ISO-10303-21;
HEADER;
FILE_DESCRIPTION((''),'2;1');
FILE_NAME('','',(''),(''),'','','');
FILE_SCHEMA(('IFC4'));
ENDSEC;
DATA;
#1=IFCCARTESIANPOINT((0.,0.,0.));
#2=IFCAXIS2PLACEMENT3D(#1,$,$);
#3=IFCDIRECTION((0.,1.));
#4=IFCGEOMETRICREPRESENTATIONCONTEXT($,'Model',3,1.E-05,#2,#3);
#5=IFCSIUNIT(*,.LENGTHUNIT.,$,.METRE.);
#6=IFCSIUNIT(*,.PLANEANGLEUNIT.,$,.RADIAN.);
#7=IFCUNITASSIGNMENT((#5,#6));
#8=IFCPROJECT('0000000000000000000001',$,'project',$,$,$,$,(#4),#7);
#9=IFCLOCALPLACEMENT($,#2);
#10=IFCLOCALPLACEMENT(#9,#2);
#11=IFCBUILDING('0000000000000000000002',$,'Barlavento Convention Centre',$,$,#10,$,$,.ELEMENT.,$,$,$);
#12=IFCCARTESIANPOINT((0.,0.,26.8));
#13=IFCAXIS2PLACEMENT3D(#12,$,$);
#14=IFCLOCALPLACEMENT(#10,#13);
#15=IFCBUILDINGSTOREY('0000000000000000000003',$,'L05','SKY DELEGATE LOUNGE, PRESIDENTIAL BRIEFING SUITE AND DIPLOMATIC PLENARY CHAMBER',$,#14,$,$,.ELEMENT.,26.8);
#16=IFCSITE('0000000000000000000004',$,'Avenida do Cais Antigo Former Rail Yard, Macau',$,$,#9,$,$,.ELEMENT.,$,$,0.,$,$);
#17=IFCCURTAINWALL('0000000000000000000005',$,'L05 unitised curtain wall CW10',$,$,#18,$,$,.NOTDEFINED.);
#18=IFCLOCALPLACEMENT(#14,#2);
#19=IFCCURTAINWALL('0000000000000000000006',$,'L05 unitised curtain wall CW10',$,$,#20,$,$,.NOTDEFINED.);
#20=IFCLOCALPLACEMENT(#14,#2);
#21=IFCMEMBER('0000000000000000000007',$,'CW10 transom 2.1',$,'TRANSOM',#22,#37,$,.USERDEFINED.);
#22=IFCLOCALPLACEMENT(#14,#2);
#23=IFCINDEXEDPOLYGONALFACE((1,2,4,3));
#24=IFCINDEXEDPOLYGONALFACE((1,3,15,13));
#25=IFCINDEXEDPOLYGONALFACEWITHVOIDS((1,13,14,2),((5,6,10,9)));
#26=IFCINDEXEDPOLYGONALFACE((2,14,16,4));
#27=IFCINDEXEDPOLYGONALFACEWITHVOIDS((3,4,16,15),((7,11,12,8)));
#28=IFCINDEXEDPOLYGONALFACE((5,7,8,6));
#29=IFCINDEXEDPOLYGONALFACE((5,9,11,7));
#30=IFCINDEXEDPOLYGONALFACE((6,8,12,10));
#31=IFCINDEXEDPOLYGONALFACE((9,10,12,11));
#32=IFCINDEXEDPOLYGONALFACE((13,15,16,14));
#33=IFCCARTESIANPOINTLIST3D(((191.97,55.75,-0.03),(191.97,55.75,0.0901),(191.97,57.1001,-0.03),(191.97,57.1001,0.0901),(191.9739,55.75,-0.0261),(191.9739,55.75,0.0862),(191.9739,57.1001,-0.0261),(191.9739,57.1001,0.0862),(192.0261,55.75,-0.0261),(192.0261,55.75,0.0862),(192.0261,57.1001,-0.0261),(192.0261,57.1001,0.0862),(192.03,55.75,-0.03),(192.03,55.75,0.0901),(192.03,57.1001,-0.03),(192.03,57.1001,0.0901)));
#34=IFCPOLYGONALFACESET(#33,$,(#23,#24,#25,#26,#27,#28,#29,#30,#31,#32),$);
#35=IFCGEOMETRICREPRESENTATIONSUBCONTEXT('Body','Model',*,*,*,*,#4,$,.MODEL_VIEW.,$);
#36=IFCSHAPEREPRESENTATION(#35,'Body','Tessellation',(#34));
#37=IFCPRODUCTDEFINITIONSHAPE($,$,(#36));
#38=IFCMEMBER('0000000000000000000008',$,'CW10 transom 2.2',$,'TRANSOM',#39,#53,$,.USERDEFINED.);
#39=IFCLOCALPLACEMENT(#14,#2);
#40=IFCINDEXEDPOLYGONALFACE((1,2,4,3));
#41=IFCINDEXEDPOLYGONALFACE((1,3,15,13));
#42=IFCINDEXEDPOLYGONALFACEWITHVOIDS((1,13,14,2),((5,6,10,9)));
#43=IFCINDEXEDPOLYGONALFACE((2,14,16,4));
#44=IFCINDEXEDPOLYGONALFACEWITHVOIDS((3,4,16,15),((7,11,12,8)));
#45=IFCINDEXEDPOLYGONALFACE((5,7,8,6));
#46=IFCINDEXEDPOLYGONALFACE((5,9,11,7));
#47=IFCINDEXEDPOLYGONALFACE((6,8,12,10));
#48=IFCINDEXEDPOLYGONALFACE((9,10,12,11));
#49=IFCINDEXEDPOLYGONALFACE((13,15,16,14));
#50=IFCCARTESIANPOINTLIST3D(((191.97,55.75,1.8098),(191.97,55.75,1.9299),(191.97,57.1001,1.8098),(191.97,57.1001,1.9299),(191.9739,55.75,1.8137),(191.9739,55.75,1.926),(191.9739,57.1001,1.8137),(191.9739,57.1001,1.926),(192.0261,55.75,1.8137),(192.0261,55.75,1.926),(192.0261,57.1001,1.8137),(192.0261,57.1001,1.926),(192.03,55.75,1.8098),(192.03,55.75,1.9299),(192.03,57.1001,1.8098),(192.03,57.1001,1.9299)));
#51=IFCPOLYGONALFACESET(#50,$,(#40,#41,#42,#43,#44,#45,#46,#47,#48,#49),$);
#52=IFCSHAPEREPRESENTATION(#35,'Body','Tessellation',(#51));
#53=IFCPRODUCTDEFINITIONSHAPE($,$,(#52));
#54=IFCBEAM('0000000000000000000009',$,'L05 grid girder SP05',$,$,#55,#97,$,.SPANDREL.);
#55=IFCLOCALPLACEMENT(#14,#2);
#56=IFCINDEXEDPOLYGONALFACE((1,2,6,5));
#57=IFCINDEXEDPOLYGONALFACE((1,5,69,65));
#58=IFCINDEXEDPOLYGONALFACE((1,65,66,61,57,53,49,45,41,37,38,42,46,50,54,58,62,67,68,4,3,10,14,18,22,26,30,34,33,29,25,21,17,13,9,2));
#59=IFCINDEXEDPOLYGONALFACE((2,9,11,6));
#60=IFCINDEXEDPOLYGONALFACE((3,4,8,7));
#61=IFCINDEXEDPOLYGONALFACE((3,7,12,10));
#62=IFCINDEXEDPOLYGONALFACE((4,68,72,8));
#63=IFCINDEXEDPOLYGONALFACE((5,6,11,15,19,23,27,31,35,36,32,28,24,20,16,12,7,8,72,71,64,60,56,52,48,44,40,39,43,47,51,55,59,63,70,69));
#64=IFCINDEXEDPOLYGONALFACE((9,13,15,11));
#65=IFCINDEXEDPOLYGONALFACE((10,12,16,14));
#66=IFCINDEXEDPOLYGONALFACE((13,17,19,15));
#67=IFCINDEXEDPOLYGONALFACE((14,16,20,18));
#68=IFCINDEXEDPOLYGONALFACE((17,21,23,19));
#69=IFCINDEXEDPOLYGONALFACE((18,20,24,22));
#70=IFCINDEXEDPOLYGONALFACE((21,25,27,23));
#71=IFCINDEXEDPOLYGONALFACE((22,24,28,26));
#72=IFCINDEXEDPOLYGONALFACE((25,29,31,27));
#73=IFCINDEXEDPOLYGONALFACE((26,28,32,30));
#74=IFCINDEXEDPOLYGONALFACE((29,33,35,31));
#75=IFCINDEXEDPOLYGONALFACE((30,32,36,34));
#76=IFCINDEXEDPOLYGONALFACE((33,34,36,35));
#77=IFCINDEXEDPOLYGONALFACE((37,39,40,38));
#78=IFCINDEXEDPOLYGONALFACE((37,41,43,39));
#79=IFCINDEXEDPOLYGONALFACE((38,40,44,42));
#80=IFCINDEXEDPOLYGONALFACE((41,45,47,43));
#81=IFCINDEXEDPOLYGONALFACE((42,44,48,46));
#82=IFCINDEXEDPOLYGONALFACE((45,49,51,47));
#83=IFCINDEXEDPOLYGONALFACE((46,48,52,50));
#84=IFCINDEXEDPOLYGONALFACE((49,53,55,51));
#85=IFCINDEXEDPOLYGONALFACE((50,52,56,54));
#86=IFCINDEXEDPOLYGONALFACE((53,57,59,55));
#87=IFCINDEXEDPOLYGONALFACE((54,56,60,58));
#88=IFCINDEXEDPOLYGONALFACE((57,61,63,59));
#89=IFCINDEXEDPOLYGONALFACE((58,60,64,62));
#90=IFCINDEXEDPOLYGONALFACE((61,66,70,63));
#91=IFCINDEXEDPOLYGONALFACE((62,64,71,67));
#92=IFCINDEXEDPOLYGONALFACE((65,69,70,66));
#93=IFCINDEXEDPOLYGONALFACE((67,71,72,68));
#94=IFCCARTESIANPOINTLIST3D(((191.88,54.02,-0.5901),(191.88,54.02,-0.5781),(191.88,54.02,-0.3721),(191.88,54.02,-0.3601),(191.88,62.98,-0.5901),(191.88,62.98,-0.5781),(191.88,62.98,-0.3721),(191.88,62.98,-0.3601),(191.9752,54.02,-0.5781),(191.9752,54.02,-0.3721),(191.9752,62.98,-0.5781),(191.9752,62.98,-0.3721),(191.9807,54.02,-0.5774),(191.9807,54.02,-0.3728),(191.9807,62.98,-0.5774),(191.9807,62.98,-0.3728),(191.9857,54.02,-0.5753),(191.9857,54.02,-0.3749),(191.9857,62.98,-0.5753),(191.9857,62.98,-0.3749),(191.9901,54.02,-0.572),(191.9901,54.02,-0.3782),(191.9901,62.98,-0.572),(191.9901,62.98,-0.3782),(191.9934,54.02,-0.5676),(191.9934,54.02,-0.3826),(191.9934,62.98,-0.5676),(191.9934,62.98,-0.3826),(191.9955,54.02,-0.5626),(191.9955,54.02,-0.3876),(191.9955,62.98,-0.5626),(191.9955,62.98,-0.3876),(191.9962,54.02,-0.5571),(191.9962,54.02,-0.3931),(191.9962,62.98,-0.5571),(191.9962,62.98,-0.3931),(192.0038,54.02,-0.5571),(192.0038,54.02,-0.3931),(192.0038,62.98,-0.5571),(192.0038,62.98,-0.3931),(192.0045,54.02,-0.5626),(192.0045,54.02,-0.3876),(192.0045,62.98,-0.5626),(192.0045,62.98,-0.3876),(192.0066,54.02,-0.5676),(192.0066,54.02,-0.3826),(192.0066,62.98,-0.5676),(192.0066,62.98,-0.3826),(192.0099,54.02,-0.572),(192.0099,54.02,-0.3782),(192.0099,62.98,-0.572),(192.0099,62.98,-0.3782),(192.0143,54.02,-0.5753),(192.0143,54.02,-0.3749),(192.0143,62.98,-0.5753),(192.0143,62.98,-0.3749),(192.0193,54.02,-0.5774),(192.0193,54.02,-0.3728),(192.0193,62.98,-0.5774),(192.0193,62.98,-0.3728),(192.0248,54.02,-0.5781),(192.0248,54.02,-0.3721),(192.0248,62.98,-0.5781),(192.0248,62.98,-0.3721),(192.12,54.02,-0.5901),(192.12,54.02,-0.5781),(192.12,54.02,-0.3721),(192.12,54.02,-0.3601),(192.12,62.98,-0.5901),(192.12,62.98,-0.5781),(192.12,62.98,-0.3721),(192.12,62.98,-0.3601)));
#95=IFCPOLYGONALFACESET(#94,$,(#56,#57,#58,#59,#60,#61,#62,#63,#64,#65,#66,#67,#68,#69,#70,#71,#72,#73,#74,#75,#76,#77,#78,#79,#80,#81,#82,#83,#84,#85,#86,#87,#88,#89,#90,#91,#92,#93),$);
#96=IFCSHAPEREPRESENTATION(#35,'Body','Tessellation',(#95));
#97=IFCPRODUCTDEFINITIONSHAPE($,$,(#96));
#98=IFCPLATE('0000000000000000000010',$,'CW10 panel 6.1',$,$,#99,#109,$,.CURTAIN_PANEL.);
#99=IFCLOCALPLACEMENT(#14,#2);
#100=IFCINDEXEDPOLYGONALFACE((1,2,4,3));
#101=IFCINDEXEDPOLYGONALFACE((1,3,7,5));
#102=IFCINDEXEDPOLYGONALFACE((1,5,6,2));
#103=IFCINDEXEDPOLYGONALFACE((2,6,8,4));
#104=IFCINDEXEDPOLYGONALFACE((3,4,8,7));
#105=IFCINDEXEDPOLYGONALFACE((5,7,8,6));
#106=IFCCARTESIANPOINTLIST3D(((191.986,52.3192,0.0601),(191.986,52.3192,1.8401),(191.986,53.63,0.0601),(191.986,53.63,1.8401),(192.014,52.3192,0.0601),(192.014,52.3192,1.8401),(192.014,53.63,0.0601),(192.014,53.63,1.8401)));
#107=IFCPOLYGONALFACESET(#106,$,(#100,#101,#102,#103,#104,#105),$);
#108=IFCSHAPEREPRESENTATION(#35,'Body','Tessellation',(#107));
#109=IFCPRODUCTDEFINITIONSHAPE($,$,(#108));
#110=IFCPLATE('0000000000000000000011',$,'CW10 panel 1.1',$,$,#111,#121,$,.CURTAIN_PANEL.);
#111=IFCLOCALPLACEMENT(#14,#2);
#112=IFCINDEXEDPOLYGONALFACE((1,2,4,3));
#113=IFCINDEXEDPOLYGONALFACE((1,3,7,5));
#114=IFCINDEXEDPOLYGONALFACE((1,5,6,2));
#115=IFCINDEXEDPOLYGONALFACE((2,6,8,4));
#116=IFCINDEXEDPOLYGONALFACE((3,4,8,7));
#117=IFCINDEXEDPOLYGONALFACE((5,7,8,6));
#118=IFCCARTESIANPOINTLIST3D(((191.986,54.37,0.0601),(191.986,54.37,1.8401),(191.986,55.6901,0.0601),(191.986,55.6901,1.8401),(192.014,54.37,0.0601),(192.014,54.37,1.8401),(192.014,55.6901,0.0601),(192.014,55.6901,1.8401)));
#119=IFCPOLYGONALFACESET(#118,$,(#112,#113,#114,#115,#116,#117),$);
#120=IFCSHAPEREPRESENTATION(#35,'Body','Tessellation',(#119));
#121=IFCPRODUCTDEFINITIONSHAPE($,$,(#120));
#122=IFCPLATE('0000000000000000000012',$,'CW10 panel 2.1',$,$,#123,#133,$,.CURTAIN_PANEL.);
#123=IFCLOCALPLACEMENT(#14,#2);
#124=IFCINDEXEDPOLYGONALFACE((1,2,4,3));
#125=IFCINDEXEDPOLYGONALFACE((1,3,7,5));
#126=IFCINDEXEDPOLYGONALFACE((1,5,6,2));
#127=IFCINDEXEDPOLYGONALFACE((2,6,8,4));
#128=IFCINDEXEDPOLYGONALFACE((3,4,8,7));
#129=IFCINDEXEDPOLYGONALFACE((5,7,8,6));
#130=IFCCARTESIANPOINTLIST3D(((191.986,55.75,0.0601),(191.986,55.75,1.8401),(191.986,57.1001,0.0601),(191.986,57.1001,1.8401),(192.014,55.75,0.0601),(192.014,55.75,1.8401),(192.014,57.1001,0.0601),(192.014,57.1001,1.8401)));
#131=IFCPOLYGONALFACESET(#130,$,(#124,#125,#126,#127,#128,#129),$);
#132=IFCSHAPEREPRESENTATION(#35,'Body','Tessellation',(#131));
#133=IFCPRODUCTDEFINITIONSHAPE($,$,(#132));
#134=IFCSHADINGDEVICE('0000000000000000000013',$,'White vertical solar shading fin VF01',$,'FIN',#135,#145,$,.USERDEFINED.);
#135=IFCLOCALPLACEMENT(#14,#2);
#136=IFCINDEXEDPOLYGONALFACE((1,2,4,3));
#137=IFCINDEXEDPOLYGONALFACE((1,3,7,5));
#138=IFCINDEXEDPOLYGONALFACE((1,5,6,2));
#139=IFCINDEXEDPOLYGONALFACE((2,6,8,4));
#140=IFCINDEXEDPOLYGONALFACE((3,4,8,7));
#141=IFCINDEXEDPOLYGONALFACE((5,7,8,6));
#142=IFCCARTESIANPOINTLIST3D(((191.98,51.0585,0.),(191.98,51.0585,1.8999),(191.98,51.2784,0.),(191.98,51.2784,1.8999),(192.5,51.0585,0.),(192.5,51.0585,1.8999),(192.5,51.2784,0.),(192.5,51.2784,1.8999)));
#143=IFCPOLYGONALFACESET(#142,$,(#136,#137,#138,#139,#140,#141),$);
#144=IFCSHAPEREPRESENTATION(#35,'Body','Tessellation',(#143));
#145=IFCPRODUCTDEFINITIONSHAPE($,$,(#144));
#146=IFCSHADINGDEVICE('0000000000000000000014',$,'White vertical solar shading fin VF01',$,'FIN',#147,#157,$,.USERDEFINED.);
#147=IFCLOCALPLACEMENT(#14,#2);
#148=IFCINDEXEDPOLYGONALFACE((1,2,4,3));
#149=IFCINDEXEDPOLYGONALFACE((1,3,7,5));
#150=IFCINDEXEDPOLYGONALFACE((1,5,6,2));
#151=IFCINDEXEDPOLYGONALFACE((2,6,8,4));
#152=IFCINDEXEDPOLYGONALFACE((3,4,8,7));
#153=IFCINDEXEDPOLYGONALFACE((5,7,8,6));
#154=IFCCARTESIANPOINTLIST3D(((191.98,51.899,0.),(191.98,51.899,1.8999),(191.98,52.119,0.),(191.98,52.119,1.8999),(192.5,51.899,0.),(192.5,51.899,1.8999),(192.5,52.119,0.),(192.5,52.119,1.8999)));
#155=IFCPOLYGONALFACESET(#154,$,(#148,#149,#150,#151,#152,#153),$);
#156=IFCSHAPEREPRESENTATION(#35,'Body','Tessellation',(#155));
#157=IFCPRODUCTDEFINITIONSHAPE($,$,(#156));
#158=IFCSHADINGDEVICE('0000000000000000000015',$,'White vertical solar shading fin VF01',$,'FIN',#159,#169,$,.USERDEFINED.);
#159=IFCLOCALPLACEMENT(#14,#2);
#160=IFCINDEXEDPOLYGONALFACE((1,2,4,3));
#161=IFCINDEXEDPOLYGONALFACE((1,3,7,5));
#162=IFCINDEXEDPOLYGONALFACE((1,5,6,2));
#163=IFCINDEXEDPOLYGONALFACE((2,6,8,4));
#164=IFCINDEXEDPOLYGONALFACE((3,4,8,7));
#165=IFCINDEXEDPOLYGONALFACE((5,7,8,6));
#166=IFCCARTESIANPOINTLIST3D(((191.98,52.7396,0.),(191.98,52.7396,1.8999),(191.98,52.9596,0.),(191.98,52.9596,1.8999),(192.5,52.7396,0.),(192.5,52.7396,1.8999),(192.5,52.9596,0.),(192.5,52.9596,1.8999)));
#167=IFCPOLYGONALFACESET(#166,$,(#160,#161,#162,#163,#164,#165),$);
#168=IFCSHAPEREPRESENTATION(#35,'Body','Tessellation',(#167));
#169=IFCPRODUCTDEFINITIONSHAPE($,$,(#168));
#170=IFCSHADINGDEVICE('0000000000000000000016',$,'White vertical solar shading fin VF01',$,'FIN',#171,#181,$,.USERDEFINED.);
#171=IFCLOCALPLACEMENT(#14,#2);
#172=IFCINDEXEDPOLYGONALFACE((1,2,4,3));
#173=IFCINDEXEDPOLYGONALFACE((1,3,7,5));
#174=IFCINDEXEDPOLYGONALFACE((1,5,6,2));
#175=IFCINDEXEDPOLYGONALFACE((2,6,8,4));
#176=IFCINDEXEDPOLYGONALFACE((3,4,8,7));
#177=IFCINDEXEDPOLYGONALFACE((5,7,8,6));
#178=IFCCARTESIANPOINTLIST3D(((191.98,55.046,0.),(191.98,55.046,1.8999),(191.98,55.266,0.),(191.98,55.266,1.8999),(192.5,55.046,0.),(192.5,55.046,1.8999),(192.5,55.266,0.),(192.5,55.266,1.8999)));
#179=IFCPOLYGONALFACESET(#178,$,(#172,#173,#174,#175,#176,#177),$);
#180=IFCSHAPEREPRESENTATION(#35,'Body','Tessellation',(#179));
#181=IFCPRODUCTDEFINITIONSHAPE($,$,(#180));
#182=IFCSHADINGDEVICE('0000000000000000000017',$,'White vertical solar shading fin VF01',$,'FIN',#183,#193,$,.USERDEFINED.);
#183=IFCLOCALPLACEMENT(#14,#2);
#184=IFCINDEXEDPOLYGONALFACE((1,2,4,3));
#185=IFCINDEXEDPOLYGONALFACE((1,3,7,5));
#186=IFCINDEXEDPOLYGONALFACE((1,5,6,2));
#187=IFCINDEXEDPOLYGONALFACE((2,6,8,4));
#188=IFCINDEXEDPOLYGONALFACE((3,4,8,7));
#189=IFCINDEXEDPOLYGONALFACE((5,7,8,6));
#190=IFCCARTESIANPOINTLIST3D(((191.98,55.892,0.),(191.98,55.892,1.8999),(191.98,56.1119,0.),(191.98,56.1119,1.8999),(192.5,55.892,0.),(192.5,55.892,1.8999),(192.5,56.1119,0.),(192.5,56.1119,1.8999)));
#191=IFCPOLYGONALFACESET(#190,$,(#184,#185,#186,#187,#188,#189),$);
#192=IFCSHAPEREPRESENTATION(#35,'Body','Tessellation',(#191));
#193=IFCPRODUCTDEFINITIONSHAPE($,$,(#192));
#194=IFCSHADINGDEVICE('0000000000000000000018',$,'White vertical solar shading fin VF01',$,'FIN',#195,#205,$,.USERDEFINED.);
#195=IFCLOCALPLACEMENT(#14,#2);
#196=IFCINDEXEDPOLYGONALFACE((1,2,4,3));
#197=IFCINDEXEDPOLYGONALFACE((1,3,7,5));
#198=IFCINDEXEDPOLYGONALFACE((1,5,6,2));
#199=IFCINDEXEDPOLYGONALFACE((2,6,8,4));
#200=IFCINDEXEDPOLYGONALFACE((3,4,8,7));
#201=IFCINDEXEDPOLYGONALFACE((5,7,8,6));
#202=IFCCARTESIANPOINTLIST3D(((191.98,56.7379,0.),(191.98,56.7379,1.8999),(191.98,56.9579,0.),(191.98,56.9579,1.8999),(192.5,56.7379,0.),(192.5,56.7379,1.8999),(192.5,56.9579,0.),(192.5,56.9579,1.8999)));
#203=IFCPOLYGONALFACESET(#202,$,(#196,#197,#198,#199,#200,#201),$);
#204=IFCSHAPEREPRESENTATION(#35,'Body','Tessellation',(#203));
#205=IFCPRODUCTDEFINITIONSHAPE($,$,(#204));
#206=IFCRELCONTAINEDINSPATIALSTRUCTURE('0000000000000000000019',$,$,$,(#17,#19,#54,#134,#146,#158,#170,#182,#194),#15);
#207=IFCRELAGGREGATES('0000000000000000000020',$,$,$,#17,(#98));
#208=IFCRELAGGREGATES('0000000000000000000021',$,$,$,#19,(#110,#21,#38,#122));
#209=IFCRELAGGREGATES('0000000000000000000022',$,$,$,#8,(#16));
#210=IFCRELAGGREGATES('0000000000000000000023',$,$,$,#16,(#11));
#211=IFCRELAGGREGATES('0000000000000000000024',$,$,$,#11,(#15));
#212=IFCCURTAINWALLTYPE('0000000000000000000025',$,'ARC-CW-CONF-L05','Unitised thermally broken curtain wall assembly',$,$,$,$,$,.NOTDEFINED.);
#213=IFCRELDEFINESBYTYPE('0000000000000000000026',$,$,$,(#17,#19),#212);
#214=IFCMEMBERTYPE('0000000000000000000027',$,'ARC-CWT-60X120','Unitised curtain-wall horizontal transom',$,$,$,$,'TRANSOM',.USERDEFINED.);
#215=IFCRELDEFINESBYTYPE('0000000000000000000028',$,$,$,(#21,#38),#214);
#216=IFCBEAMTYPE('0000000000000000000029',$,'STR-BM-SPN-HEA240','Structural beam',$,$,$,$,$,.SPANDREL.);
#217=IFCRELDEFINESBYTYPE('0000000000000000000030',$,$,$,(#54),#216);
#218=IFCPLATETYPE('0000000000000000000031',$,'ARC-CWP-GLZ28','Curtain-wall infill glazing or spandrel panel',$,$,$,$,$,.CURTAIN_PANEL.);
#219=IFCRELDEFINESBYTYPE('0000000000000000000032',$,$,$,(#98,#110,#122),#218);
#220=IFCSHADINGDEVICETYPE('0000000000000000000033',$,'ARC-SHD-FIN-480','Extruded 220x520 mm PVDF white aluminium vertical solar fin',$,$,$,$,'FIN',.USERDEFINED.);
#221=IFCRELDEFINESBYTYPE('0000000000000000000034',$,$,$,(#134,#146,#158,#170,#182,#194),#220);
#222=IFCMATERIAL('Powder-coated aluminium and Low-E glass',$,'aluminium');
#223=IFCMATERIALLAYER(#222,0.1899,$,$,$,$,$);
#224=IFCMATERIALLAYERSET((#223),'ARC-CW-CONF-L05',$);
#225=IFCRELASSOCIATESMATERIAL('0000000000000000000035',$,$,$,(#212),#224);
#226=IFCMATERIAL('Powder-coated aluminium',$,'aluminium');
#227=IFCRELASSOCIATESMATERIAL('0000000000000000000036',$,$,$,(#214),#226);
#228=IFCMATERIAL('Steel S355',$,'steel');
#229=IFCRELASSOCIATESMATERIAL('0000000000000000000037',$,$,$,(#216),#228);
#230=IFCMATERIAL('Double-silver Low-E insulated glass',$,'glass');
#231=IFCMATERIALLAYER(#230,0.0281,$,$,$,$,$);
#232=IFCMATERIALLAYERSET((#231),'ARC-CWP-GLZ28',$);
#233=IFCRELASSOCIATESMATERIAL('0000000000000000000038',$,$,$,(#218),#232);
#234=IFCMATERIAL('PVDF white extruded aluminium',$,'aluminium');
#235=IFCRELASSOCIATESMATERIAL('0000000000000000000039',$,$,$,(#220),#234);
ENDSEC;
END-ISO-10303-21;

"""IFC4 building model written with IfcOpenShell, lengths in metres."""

from ifc_helpers import new_model, si_unit, direction, frame, origin, origin_2d, place, context, subcontext, project, spatial, rectangle, hollow_rectangle, i_section, extrude, material, layer, layer_set, material_profile, profile_set, type_object, element, aggregate, save


model = new_model("IFC4")

# Units and contexts
model_context = context("Model", 3, precision=1e-05, world=origin(), true_north=direction((0.0, 1.0)))
body_context = subcontext(model_context, "Body", "Model", "MODEL_VIEW")
ifc_project = project(units=[si_unit("LENGTHUNIT", "METRE"), si_unit("PLANEANGLEUNIT", "RADIAN")], contexts=[model_context])

# Site, building, storey
site_placement = place(None, origin())
site = spatial("IfcSite", under=ifc_project, at=site_placement, Name="Avenida do Cais Antigo Former Rail Yard, Macau", CompositionType="ELEMENT", RefElevation=0.0)
building_placement = place(site_placement, origin())
building = spatial("IfcBuilding", under=site, at=building_placement, Name="Barlavento Convention Centre", CompositionType="ELEMENT")
storey_placement = place(building_placement, frame((0.0, 0.0, 26.8)))
storey = spatial("IfcBuildingStorey", under=building, at=storey_placement, Name="L05", Description="SKY DELEGATE LOUNGE, PRESIDENTIAL BRIEFING SUITE AND DIPLOMATIC PLENARY CHAMBER", CompositionType="ELEMENT", Elevation=26.8)

# Shared definitions
ifc_material_1 = material(Name="Steel S355", Category="steel")

# Curtain wall
ifc_material_2 = material(Name="Powder-coated aluminium and Low-E glass", Category="aluminium")
ifc_layer_1 = layer(ifc_material_2, 0.1899)
ifc_layer_set_1 = layer_set([ifc_layer_1], Name="ARC-CW-CONF-L05")
curtain_wall_type = type_object("IfcCurtainWallType", Name="ARC-CW-CONF-L05", Description="Unitised thermally broken curtain wall assembly", PredefinedType="NOTDEFINED", material=ifc_layer_set_1)
curtain_wall_1_placement = place(storey_placement, origin())
curtain_wall_1 = element("IfcCurtainWall", 1, at=curtain_wall_1_placement, inside=storey, type_object=curtain_wall_type, Name="L05 unitised curtain wall CW10", PredefinedType="NOTDEFINED")
ifc_material_3 = material(Name="Powder-coated aluminium", Category="aluminium")

# Curtain wall
curtain_wall_2_placement = place(storey_placement, origin())
curtain_wall_2 = element("IfcCurtainWall", 2, at=curtain_wall_2_placement, inside=storey, type_object=curtain_wall_type, Name="L05 unitised curtain wall CW10", PredefinedType="NOTDEFINED")

# Members
ifc_material_profile_1 = material_profile(ifc_material_3, hollow_rectangle(XDim=0.0601, YDim=0.1201, WallThickness=0.0039, at=origin_2d()), Name="AL-TRAN 60x120x4")
ifc_profile_set_1 = profile_set([ifc_material_profile_1], Name="Powder-coated aluminium")
member_type_1 = type_object("IfcMemberType", Name="ARC-CWT-60X120", Description="Unitised curtain-wall horizontal transom", ElementType="TRANSOM", PredefinedType="USERDEFINED", material=ifc_profile_set_1)
member_1_placement = place(storey_placement, frame((192.0, 55.75, 0.03), z_axis=(0.0, 1.0, 0.0), x_axis=(-1.0, 0.0, 0.0)))
member_1 = element("IfcMember", 3, at=member_1_placement, type_object=member_type_1, Name="CW10 transom 2.1", ObjectType="TRANSOM", PredefinedType="USERDEFINED", context=body_context, shape_type="SweptSolid", body=[
    extrude(hollow_rectangle(XDim=0.0601, YDim=0.1201, WallThickness=0.0039, at=origin_2d()), origin(), (0.0, 0.0, 1.0), 1.3501),
])
member_2_placement = place(storey_placement, frame((192.0, 55.75, 1.8699), z_axis=(0.0, 1.0, 0.0), x_axis=(-1.0, 0.0, 0.0)))
member_2 = element("IfcMember", 4, at=member_2_placement, type_object=member_type_1, Name="CW10 transom 2.2", ObjectType="TRANSOM", PredefinedType="USERDEFINED", context=body_context, shape_type="SweptSolid", body=[
    extrude(hollow_rectangle(XDim=0.0601, YDim=0.1201, WallThickness=0.0039, at=origin_2d()), origin(), (0.0, 0.0, 1.0), 1.3501),
])

# Beam
ifc_material_profile_2 = material_profile(ifc_material_1, i_section(OverallWidth=0.24, OverallDepth=0.23, WebThickness=0.0076, FlangeThickness=0.012, FilletRadius=0.021, at=origin_2d()), Name="HEA 240")
ifc_profile_set_2 = profile_set([ifc_material_profile_2], Name="Steel S355")
beam_type = type_object("IfcBeamType", Name="STR-BM-SPN-HEA240", Description="Structural beam", PredefinedType="SPANDREL", material=ifc_profile_set_2)
beam_placement = place(storey_placement, frame((192.0, 54.02, -0.4751), z_axis=(0.0, 1.0, 0.0), x_axis=(-1.0, 0.0, 0.0)))
element("IfcBeam", 5, at=beam_placement, inside=storey, type_object=beam_type, Name="L05 grid girder SP05", PredefinedType="SPANDREL", context=body_context, shape_type="SweptSolid", body=[
    extrude(i_section(OverallWidth=0.24, OverallDepth=0.23, WebThickness=0.0076, FlangeThickness=0.012, FilletRadius=0.021, at=origin_2d()), origin(), (0.0, 0.0, 1.0), 8.96),
])

# Plates
ifc_material_4 = material(Name="Double-silver Low-E insulated glass", Category="glass")
ifc_layer_2 = layer(ifc_material_4, 0.0281)
ifc_layer_set_2 = layer_set([ifc_layer_2], Name="ARC-CWP-GLZ28")
plate_type = type_object("IfcPlateType", Name="ARC-CWP-GLZ28", Description="Curtain-wall infill glazing or spandrel panel", PredefinedType="CURTAIN_PANEL", material=ifc_layer_set_2)
plate_1_placement = place(storey_placement, frame((192.0, 52.9746, 0.0601), z_axis=(0.0, 0.0, 1.0), x_axis=(0.0, 1.0, 0.0)))
plate_1 = element("IfcPlate", 6, at=plate_1_placement, type_object=plate_type, Name="CW10 panel 6.1", PredefinedType="CURTAIN_PANEL", context=body_context, shape_type="SweptSolid", body=[
    extrude(rectangle(XDim=1.3108, YDim=0.0281, at=origin_2d()), origin(), (0.0, 0.0, 1.0), 1.78),
])
aggregate(curtain_wall_1, [plate_1])
plate_2_placement = place(storey_placement, frame((192.0, 55.03, 0.0601), z_axis=(0.0, 0.0, 1.0), x_axis=(0.0, 1.0, 0.0)))
plate_2 = element("IfcPlate", 7, at=plate_2_placement, type_object=plate_type, Name="CW10 panel 1.1", PredefinedType="CURTAIN_PANEL", context=body_context, shape_type="SweptSolid", body=[
    extrude(rectangle(XDim=1.3201, YDim=0.0281, at=origin_2d()), origin(), (0.0, 0.0, 1.0), 1.78),
])
plate_3_placement = place(storey_placement, frame((192.0, 56.425, 0.0601), z_axis=(0.0, 0.0, 1.0), x_axis=(0.0, 1.0, 0.0)))
plate_3 = element("IfcPlate", 8, at=plate_3_placement, type_object=plate_type, Name="CW10 panel 2.1", PredefinedType="CURTAIN_PANEL", context=body_context, shape_type="SweptSolid", body=[
    extrude(rectangle(XDim=1.3501, YDim=0.0281, at=origin_2d()), origin(), (0.0, 0.0, 1.0), 1.78),
])
aggregate(curtain_wall_2, [plate_2, member_1, member_2, plate_3])

# Shading devices
ifc_material_5 = material(Name="PVDF white extruded aluminium", Category="aluminium")
shading_device_type = type_object("IfcShadingDeviceType", Name="ARC-SHD-FIN-480", Description="Extruded 220x520 mm PVDF white aluminium vertical solar fin", ElementType="FIN", PredefinedType="USERDEFINED", material=ifc_material_5)
for number, where, z_axis, x_axis, name in (
    (9, (192.24, 51.1685, 0.0), (0.0, 0.0, 1.0), (0.0, 1.0, 0.0), "White vertical solar shading fin VF01"),
    (10, (192.24, 52.009, 0.0), (0.0, 0.0, 1.0), (0.0, 1.0, 0.0), "White vertical solar shading fin VF01"),
    (11, (192.24, 52.8496, 0.0), (0.0, 0.0, 1.0), (0.0, 1.0, 0.0), "White vertical solar shading fin VF01"),
    (12, (192.24, 55.156, 0.0), (0.0, 0.0, 1.0), (0.0, 1.0, 0.0), "White vertical solar shading fin VF01"),
    (13, (192.24, 56.002, 0.0), (0.0, 0.0, 1.0), (0.0, 1.0, 0.0), "White vertical solar shading fin VF01"),
    (14, (192.24, 56.8479, 0.0), (0.0, 0.0, 1.0), (0.0, 1.0, 0.0), "White vertical solar shading fin VF01"),
):
    element("IfcShadingDevice", number, at=place(storey_placement, frame(where, z_axis=z_axis, x_axis=x_axis)), inside=storey, type_object=shading_device_type, Name=name, ObjectType="FIN", PredefinedType="USERDEFINED", context=body_context, shape_type="SweptSolid", body=[
        extrude(rectangle(XDim=0.22, YDim=0.52, at=origin_2d()), origin(), (0.0, 0.0, 1.0), 1.8999),
    ])

save(model, "model.ifc")
